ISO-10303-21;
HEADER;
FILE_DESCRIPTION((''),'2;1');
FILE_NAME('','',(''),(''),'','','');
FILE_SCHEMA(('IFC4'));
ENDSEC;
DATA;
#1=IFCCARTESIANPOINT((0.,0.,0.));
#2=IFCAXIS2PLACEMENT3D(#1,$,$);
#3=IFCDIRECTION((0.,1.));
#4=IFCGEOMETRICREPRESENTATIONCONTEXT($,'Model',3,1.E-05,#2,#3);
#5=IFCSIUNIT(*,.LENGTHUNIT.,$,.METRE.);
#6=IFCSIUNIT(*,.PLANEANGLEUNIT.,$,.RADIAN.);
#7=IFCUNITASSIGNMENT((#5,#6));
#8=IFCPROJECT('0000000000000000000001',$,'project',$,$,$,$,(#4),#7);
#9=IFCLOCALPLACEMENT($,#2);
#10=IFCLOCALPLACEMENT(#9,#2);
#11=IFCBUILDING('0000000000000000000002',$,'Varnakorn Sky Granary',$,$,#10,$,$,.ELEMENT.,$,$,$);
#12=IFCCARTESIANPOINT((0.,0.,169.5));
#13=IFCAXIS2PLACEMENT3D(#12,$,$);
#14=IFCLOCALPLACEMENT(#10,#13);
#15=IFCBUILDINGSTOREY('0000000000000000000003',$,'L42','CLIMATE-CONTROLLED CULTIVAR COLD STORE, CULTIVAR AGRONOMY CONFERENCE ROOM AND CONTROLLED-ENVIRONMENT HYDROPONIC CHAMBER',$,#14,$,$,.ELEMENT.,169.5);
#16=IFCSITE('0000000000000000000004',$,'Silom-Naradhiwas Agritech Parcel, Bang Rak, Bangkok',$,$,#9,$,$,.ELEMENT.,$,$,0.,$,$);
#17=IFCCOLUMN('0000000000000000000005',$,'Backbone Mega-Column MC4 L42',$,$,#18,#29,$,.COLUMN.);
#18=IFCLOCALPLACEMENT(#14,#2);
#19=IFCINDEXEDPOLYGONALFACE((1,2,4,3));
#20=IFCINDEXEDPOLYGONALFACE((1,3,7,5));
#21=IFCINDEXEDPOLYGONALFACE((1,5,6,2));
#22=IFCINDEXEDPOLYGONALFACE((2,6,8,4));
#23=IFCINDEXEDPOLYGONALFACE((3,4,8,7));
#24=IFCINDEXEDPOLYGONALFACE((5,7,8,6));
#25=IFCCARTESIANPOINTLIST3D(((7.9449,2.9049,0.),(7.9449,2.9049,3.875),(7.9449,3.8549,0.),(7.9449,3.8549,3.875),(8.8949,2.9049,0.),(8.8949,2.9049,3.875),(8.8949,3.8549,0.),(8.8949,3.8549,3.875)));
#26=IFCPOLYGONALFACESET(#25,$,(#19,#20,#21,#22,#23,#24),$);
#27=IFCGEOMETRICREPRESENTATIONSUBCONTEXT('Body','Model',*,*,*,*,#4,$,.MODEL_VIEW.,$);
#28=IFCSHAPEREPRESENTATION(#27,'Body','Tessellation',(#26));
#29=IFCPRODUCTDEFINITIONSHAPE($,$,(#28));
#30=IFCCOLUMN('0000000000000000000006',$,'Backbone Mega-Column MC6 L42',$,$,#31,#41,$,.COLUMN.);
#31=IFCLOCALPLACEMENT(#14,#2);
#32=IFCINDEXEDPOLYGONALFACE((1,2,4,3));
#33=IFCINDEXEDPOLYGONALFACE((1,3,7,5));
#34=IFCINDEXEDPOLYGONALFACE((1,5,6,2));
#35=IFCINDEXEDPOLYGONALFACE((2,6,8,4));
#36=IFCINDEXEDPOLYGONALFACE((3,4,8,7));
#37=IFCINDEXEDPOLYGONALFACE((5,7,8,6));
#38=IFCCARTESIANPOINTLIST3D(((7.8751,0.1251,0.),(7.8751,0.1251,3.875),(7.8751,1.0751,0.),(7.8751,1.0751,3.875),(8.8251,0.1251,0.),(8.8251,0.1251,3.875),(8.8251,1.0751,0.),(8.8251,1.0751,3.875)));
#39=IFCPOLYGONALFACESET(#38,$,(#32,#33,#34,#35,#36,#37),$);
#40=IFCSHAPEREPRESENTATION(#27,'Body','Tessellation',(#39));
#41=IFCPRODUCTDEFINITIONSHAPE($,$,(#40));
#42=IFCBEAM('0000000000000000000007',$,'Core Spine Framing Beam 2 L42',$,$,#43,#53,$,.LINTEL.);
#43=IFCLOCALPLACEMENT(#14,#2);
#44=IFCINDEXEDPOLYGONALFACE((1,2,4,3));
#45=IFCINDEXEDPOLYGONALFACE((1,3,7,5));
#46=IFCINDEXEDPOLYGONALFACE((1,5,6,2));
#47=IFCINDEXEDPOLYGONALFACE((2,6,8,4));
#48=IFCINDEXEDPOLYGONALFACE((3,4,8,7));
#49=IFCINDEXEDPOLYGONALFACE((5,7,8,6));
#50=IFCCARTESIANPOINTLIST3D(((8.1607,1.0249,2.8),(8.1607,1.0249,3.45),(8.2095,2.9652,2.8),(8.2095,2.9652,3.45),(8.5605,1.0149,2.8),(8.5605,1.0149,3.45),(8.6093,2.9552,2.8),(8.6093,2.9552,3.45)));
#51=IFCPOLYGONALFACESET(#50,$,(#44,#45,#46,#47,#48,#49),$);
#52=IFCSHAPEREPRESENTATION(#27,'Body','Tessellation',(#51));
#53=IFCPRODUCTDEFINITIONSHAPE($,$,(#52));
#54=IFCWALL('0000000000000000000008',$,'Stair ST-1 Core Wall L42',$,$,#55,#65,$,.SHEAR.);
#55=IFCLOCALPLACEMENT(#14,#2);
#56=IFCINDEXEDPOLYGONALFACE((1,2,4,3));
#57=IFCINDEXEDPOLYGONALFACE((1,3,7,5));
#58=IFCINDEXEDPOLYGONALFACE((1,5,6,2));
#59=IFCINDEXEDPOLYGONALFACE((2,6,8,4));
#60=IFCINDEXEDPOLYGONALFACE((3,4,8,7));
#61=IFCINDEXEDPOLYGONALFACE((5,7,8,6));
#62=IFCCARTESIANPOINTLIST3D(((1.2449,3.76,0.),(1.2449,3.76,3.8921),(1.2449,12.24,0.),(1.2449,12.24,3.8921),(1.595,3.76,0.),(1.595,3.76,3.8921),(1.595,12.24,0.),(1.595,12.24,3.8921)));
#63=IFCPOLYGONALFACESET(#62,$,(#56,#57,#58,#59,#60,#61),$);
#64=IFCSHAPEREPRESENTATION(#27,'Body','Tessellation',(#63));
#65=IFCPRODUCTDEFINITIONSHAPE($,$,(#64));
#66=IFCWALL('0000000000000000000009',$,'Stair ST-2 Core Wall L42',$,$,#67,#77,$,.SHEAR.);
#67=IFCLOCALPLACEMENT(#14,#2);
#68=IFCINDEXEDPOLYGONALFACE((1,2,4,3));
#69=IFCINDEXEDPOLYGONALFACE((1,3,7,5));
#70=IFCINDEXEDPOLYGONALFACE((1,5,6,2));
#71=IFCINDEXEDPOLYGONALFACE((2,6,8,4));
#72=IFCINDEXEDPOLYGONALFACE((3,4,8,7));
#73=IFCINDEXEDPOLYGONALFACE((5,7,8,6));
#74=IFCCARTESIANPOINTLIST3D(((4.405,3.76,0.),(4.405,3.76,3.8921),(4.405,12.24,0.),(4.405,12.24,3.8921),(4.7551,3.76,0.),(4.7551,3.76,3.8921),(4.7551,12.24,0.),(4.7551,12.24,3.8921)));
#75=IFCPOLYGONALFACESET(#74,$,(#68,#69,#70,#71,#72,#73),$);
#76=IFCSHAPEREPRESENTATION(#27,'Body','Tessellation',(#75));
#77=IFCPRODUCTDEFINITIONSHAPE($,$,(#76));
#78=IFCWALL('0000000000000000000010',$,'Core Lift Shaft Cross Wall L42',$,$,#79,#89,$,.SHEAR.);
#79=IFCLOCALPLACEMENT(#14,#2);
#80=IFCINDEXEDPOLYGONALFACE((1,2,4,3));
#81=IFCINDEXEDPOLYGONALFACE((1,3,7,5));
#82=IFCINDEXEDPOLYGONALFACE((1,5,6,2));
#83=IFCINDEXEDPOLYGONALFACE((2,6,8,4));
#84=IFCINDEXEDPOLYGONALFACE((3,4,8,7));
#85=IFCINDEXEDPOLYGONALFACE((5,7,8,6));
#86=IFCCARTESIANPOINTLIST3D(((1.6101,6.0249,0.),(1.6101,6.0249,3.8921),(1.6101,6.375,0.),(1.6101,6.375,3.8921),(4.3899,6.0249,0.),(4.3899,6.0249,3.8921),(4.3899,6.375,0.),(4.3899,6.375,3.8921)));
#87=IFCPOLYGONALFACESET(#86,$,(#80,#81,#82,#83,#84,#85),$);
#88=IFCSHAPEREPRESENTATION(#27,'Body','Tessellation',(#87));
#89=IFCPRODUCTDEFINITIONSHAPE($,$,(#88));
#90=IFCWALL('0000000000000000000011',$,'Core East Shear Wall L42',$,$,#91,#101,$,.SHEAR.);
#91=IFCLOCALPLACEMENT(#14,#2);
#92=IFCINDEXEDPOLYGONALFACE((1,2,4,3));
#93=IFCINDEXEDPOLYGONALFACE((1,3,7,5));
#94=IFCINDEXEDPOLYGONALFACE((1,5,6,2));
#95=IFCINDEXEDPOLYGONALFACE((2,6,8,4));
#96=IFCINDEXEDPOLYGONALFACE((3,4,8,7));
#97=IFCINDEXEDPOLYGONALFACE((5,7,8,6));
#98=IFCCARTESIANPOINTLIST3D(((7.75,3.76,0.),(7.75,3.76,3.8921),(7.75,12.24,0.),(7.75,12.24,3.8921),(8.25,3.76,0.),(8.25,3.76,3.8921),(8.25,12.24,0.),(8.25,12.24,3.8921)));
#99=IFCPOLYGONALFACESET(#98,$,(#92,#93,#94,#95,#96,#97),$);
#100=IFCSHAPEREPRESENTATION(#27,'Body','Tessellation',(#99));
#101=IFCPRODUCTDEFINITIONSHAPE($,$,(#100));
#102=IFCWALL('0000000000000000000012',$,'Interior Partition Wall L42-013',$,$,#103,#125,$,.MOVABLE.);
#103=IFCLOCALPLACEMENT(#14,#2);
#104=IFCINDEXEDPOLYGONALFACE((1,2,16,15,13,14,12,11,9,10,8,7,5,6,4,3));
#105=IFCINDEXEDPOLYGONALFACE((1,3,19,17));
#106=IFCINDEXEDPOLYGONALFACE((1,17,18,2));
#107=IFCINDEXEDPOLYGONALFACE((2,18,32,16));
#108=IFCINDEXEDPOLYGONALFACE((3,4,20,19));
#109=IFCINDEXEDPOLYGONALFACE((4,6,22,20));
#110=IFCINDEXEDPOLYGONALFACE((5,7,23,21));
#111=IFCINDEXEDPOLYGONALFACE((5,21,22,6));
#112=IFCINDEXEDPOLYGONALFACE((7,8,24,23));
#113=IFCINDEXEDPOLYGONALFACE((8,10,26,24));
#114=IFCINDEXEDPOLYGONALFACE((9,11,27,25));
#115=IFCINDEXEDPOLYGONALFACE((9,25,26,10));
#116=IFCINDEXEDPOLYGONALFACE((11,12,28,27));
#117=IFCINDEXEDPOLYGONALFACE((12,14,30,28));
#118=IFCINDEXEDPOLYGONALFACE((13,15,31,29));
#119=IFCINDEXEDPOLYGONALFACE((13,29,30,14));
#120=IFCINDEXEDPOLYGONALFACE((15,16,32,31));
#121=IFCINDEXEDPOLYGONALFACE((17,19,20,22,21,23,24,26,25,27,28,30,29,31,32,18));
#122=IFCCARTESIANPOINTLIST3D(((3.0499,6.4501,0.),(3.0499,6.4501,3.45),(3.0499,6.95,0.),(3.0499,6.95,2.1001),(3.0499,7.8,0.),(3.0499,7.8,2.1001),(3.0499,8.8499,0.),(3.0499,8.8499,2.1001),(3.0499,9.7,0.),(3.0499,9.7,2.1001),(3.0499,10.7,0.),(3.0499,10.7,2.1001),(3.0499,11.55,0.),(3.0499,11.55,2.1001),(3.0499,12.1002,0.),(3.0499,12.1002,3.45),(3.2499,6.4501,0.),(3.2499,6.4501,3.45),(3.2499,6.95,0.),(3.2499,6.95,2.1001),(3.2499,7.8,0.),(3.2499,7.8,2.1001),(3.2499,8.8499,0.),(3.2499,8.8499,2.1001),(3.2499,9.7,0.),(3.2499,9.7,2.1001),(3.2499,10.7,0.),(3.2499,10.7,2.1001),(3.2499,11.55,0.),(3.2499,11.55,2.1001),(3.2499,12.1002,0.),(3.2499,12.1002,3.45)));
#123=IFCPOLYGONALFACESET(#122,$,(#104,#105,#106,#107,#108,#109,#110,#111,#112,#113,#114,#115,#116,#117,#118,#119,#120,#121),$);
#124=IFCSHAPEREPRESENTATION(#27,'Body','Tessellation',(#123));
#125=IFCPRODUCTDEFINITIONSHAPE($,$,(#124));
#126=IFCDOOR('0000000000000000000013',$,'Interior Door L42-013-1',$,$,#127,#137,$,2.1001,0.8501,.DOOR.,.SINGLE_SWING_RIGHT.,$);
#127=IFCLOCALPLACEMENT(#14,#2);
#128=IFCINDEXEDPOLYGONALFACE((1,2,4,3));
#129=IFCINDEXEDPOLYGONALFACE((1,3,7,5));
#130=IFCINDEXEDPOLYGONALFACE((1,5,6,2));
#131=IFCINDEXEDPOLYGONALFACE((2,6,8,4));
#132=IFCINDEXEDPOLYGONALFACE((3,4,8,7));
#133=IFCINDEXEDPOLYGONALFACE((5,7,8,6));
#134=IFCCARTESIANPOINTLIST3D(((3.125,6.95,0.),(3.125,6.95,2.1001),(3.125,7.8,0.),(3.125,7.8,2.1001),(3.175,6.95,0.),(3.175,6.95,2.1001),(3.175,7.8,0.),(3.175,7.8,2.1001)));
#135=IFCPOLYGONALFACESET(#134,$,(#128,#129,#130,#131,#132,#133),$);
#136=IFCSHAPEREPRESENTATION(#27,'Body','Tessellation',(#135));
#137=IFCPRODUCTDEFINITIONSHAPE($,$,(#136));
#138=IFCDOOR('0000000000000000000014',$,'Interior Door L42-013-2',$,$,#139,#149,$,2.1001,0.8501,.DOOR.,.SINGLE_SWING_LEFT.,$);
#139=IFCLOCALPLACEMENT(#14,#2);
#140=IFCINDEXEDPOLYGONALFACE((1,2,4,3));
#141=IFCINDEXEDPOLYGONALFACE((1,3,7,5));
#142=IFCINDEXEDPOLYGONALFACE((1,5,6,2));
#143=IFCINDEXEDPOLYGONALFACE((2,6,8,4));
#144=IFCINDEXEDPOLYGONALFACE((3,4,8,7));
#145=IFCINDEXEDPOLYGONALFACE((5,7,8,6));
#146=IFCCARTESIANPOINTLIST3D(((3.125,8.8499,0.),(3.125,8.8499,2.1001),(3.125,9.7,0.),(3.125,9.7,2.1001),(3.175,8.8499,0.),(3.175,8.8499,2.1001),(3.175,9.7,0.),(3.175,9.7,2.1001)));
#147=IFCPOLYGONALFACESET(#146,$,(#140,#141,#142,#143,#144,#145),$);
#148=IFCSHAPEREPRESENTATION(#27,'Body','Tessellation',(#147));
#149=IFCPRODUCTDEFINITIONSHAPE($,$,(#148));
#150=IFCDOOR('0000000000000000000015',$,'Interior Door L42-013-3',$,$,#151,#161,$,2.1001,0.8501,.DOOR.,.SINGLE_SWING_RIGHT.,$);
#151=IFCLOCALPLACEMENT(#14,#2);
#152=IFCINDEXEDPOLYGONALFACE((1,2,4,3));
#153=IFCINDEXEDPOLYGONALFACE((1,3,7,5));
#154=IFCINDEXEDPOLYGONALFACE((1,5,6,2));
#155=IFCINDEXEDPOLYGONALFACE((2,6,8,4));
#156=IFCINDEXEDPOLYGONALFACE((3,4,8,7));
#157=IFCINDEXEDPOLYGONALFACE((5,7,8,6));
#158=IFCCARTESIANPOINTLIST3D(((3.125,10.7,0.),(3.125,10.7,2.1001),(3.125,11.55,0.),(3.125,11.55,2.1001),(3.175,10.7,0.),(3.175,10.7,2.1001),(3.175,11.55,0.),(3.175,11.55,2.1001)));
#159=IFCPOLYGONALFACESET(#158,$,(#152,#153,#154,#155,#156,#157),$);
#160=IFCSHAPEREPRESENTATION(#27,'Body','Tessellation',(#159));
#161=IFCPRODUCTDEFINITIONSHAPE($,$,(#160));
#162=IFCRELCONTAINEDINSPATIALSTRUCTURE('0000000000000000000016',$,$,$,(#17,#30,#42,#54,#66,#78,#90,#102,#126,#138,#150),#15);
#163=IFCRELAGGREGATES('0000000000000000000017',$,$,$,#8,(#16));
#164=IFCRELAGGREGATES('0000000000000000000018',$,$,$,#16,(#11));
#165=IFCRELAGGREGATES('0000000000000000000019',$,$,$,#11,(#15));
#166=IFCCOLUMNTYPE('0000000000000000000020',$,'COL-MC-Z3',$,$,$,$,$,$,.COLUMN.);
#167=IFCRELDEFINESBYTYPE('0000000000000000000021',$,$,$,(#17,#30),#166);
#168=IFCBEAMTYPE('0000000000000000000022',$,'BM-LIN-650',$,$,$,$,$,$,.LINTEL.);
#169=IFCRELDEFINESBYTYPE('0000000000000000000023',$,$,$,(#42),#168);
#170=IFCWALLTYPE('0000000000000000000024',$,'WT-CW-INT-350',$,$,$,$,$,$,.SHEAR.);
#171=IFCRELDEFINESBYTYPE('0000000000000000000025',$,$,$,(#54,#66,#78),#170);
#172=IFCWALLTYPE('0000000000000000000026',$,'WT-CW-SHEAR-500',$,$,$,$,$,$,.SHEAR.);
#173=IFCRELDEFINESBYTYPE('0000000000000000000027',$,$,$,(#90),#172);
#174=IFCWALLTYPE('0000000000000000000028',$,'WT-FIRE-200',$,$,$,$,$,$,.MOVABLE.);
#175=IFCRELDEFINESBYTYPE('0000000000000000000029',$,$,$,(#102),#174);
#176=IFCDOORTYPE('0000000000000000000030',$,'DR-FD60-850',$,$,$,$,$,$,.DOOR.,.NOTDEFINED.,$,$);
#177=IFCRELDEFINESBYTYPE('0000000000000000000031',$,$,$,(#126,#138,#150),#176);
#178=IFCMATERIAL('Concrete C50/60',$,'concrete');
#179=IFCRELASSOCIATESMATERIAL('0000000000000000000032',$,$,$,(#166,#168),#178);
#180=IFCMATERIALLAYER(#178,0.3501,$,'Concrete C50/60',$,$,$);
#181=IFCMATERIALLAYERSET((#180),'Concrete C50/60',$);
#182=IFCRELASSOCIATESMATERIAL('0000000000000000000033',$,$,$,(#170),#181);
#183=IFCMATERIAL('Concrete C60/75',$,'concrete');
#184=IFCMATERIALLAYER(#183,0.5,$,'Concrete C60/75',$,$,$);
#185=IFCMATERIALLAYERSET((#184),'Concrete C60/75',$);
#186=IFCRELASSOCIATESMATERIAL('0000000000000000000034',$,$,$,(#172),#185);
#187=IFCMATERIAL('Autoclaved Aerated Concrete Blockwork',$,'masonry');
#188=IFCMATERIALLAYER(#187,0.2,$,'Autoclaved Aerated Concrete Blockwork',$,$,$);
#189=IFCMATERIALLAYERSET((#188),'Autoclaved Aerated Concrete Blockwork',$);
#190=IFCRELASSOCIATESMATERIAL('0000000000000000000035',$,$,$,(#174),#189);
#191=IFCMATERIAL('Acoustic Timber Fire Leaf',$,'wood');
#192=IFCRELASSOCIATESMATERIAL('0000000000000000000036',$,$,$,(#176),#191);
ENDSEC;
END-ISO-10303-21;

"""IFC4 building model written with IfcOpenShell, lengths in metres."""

from ifc_helpers import new_model, si_unit, direction, frame, frame_2d, origin, origin_2d, place, context, subcontext, project, spatial, rectangle, extrude, material, layer, layer_set, material_profile, profile_set, type_object, element, fill, save


model = new_model("IFC4")

# Units and contexts
model_context = context("Model", 3, precision=1e-05, world=origin(), true_north=direction((0.0, 1.0)))
body_context = subcontext(model_context, "Body", "Model", "MODEL_VIEW")
ifc_project = project(units=[si_unit("LENGTHUNIT", "METRE"), si_unit("PLANEANGLEUNIT", "RADIAN")], contexts=[model_context])

# Site, building, storey
site_placement = place(None, origin())
site = spatial("IfcSite", under=ifc_project, at=site_placement, Name="Silom-Naradhiwas Agritech Parcel, Bang Rak, Bangkok", CompositionType="ELEMENT", RefElevation=0.0)
building_placement = place(site_placement, origin())
building = spatial("IfcBuilding", under=site, at=building_placement, Name="Varnakorn Sky Granary", CompositionType="ELEMENT")
storey_placement = place(building_placement, frame((0.0, 0.0, 169.5)))
storey = spatial("IfcBuildingStorey", under=building, at=storey_placement, Name="L42", Description="CLIMATE-CONTROLLED CULTIVAR COLD STORE, CULTIVAR AGRONOMY CONFERENCE ROOM AND CONTROLLED-ENVIRONMENT HYDROPONIC CHAMBER", CompositionType="ELEMENT", Elevation=169.5)

# Columns
ifc_material_1 = material(Name="Concrete C50/60", Category="concrete")
ifc_material_profile_1 = material_profile(ifc_material_1, rectangle(XDim=0.95, YDim=0.95, at=origin_2d()), Name="RC 950x950")
ifc_profile_set_1 = profile_set([ifc_material_profile_1], Name="Concrete C50/60")
column_type = type_object("IfcColumnType", Name="COL-MC-Z3", PredefinedType="COLUMN", material=ifc_profile_set_1)
for number, where, z_axis, x_axis, name in (
    (1, (8.4199, 3.3799, 0.0), (0.0, 0.0, 1.0), (1.0, 0.0, 0.0), "Backbone Mega-Column MC4 L42"),
    (2, (8.3501, 0.6001, 0.0), (0.0, 0.0, 1.0), (1.0, 0.0, 0.0), "Backbone Mega-Column MC6 L42"),
):
    element("IfcColumn", number, at=place(storey_placement, frame(where, z_axis=z_axis, x_axis=x_axis)), inside=storey, type_object=column_type, Name=name, PredefinedType="COLUMN", context=body_context, shape_type="SweptSolid", body=[
        extrude(rectangle(XDim=0.95, YDim=0.95, at=origin_2d()), origin(), (0.0, 0.0, 1.0), 3.875),
    ])

# Beam
ifc_material_profile_2 = material_profile(ifc_material_1, rectangle(XDim=0.3999, YDim=0.6499, at=origin_2d()), Name="RC 400x650")
ifc_profile_set_2 = profile_set([ifc_material_profile_2], Name="Concrete C50/60")
beam_type = type_object("IfcBeamType", Name="BM-LIN-650", PredefinedType="LINTEL", material=ifc_profile_set_2)
beam_placement = place(storey_placement, frame((8.4094, 2.9602, 3.125), z_axis=(-0.025159, -0.999683, 0.0), x_axis=(0.999683, -0.025159, 0.0)))
element("IfcBeam", 3, at=beam_placement, inside=storey, type_object=beam_type, Name="Core Spine Framing Beam 2 L42", PredefinedType="LINTEL", context=body_context, shape_type="SweptSolid", body=[
    extrude(rectangle(XDim=0.3999, YDim=0.6499, at=origin_2d()), origin(), (0.0, 0.0, 1.0), 1.9409),
])

# Walls
ifc_layer_1 = layer(ifc_material_1, 0.3501, Name="Concrete C50/60")
ifc_layer_set_1 = layer_set([ifc_layer_1], Name="Concrete C50/60")
wall_type_1 = type_object("IfcWallType", Name="WT-CW-INT-350", PredefinedType="SHEAR", material=ifc_layer_set_1)
for number, where, z_axis, x_axis, name in (
    (4, (1.4199, 3.76, 0.0), (0.0, 0.0, 1.0), (0.0, 1.0, 0.0), "Stair ST-1 Core Wall L42"),
    (5, (4.5801, 3.76, 0.0), (0.0, 0.0, 1.0), (0.0, 1.0, 0.0), "Stair ST-2 Core Wall L42"),
):
    element("IfcWall", number, at=place(storey_placement, frame(where, z_axis=z_axis, x_axis=x_axis)), inside=storey, type_object=wall_type_1, Name=name, PredefinedType="SHEAR", context=body_context, shape_type="SweptSolid", body=[
        extrude(rectangle(XDim=8.48, YDim=0.3501, at=frame_2d((4.24, 0.0))), origin(), (0.0, 0.0, 1.0), 3.8921),
    ])
wall_1_placement = place(storey_placement, frame((1.6101, 6.2, 0.0), z_axis=(0.0, 0.0, 1.0), x_axis=(1.0, 0.0, 0.0)))
element("IfcWall", 6, at=wall_1_placement, inside=storey, type_object=wall_type_1, Name="Core Lift Shaft Cross Wall L42", PredefinedType="SHEAR", context=body_context, shape_type="SweptSolid", body=[
    extrude(rectangle(XDim=2.7798, YDim=0.3501, at=frame_2d((1.3899, 0.0))), origin(), (0.0, 0.0, 1.0), 3.8921),
])
ifc_material_2 = material(Name="Concrete C60/75", Category="concrete")
ifc_layer_2 = layer(ifc_material_2, 0.5, Name="Concrete C60/75")
ifc_layer_set_2 = layer_set([ifc_layer_2], Name="Concrete C60/75")
wall_type_2 = type_object("IfcWallType", Name="WT-CW-SHEAR-500", PredefinedType="SHEAR", material=ifc_layer_set_2)
wall_2_placement = place(storey_placement, frame((8.0, 3.76, 0.0), z_axis=(0.0, 0.0, 1.0), x_axis=(0.0, 1.0, 0.0)))
element("IfcWall", 7, at=wall_2_placement, inside=storey, type_object=wall_type_2, Name="Core East Shear Wall L42", PredefinedType="SHEAR", context=body_context, shape_type="SweptSolid", body=[
    extrude(rectangle(XDim=8.48, YDim=0.5, at=frame_2d((4.24, 0.0))), origin(), (0.0, 0.0, 1.0), 3.8921),
])

# Wall, openings, doors
ifc_material_3 = material(Name="Autoclaved Aerated Concrete Blockwork", Category="masonry")
ifc_layer_3 = layer(ifc_material_3, 0.2, Name="Autoclaved Aerated Concrete Blockwork")
ifc_layer_set_3 = layer_set([ifc_layer_3], Name="Autoclaved Aerated Concrete Blockwork")
wall_type_3 = type_object("IfcWallType", Name="WT-FIRE-200", PredefinedType="MOVABLE", material=ifc_layer_set_3)
wall_3_placement = place(storey_placement, frame((3.1499, 6.45, 0.0), z_axis=(0.0, 0.0, 1.0), x_axis=(0.0, 1.0, 0.0)))
wall_3 = element("IfcWall", 8, at=wall_3_placement, inside=storey, type_object=wall_type_3, Name="Interior Partition Wall L42-013", PredefinedType="MOVABLE", context=body_context, shape_type="SweptSolid", body=[
    extrude(rectangle(XDim=5.6501, YDim=0.2, at=frame_2d((2.8252, 0.0))), origin(), (0.0, 0.0, 1.0), 3.45),
])
opening_1_placement = place(wall_3_placement, frame((0.5, 0.0, 0.0)))
opening_1 = element("IfcOpeningElement", 9, at=opening_1_placement, cuts=wall_3, PredefinedType="OPENING", context=body_context, shape_type="SweptSolid", body=[
    extrude(rectangle(XDim=0.8501, YDim=2.1001, at=frame_2d((0.425, 1.05))), frame((0.0, 0.1099, 0.0), z_axis=(0.0, -1.0, 0.0), x_axis=(1.0, 0.0, 0.0)), (0.0, 0.0, 1.0), 0.22),
])
opening_2_placement = place(wall_3_placement, frame((2.3999, 0.0, 0.0)))
opening_2 = element("IfcOpeningElement", 10, at=opening_2_placement, cuts=wall_3, PredefinedType="OPENING", context=body_context, shape_type="SweptSolid", body=[
    extrude(rectangle(XDim=0.8501, YDim=2.1001, at=frame_2d((0.425, 1.05))), frame((0.0, 0.1099, 0.0), z_axis=(0.0, -1.0, 0.0), x_axis=(1.0, 0.0, 0.0)), (0.0, 0.0, 1.0), 0.22),
])
opening_3_placement = place(wall_3_placement, frame((4.25, 0.0, 0.0)))
opening_3 = element("IfcOpeningElement", 11, at=opening_3_placement, cuts=wall_3, PredefinedType="OPENING", context=body_context, shape_type="SweptSolid", body=[
    extrude(rectangle(XDim=0.8501, YDim=2.1001, at=frame_2d((0.425, 1.05))), frame((0.0, 0.1099, 0.0), z_axis=(0.0, -1.0, 0.0), x_axis=(1.0, 0.0, 0.0)), (0.0, 0.0, 1.0), 0.22),
])
ifc_material_4 = material(Name="Acoustic Timber Fire Leaf", Category="wood")
door_type_1 = type_object("IfcDoorType", Name="DR-FD60-850", OperationType="NOTDEFINED", PredefinedType="DOOR", material=ifc_material_4)
door_1_placement = place(opening_1_placement, origin())
door_1 = element("IfcDoor", 12, at=door_1_placement, inside=storey, type_object=door_type_1, Name="Interior Door L42-013-1", OperationType="SINGLE_SWING_RIGHT", OverallHeight=2.1001, OverallWidth=0.8501, PredefinedType="DOOR", context=body_context, shape_type="SweptSolid", body=[
    extrude(rectangle(XDim=0.8501, YDim=2.1001, at=frame_2d((0.425, 1.05))), frame((0.0, 0.0249, 0.0), z_axis=(0.0, -1.0, 0.0), x_axis=(1.0, 0.0, 0.0)), (0.0, 0.0, 1.0), 0.05),
])
fill(opening_1, door_1)
door_2_placement = place(opening_2_placement, origin())
door_2 = element("IfcDoor", 13, at=door_2_placement, inside=storey, type_object=door_type_1, Name="Interior Door L42-013-2", OperationType="SINGLE_SWING_LEFT", OverallHeight=2.1001, OverallWidth=0.8501, PredefinedType="DOOR", context=body_context, shape_type="SweptSolid", body=[
    extrude(rectangle(XDim=0.8501, YDim=2.1001, at=frame_2d((0.425, 1.05))), frame((0.0, 0.0249, 0.0), z_axis=(0.0, -1.0, 0.0), x_axis=(1.0, 0.0, 0.0)), (0.0, 0.0, 1.0), 0.05),
])
fill(opening_2, door_2)
door_3_placement = place(opening_3_placement, origin())
door_3 = element("IfcDoor", 14, at=door_3_placement, inside=storey, type_object=door_type_1, Name="Interior Door L42-013-3", OperationType="SINGLE_SWING_RIGHT", OverallHeight=2.1001, OverallWidth=0.8501, PredefinedType="DOOR", context=body_context, shape_type="SweptSolid", body=[
    extrude(rectangle(XDim=0.8501, YDim=2.1001, at=frame_2d((0.425, 1.05))), frame((0.0, 0.0249, 0.0), z_axis=(0.0, -1.0, 0.0), x_axis=(1.0, 0.0, 0.0)), (0.0, 0.0, 1.0), 0.05),
])
fill(opening_3, door_3)

save(model, "model.ifc")
